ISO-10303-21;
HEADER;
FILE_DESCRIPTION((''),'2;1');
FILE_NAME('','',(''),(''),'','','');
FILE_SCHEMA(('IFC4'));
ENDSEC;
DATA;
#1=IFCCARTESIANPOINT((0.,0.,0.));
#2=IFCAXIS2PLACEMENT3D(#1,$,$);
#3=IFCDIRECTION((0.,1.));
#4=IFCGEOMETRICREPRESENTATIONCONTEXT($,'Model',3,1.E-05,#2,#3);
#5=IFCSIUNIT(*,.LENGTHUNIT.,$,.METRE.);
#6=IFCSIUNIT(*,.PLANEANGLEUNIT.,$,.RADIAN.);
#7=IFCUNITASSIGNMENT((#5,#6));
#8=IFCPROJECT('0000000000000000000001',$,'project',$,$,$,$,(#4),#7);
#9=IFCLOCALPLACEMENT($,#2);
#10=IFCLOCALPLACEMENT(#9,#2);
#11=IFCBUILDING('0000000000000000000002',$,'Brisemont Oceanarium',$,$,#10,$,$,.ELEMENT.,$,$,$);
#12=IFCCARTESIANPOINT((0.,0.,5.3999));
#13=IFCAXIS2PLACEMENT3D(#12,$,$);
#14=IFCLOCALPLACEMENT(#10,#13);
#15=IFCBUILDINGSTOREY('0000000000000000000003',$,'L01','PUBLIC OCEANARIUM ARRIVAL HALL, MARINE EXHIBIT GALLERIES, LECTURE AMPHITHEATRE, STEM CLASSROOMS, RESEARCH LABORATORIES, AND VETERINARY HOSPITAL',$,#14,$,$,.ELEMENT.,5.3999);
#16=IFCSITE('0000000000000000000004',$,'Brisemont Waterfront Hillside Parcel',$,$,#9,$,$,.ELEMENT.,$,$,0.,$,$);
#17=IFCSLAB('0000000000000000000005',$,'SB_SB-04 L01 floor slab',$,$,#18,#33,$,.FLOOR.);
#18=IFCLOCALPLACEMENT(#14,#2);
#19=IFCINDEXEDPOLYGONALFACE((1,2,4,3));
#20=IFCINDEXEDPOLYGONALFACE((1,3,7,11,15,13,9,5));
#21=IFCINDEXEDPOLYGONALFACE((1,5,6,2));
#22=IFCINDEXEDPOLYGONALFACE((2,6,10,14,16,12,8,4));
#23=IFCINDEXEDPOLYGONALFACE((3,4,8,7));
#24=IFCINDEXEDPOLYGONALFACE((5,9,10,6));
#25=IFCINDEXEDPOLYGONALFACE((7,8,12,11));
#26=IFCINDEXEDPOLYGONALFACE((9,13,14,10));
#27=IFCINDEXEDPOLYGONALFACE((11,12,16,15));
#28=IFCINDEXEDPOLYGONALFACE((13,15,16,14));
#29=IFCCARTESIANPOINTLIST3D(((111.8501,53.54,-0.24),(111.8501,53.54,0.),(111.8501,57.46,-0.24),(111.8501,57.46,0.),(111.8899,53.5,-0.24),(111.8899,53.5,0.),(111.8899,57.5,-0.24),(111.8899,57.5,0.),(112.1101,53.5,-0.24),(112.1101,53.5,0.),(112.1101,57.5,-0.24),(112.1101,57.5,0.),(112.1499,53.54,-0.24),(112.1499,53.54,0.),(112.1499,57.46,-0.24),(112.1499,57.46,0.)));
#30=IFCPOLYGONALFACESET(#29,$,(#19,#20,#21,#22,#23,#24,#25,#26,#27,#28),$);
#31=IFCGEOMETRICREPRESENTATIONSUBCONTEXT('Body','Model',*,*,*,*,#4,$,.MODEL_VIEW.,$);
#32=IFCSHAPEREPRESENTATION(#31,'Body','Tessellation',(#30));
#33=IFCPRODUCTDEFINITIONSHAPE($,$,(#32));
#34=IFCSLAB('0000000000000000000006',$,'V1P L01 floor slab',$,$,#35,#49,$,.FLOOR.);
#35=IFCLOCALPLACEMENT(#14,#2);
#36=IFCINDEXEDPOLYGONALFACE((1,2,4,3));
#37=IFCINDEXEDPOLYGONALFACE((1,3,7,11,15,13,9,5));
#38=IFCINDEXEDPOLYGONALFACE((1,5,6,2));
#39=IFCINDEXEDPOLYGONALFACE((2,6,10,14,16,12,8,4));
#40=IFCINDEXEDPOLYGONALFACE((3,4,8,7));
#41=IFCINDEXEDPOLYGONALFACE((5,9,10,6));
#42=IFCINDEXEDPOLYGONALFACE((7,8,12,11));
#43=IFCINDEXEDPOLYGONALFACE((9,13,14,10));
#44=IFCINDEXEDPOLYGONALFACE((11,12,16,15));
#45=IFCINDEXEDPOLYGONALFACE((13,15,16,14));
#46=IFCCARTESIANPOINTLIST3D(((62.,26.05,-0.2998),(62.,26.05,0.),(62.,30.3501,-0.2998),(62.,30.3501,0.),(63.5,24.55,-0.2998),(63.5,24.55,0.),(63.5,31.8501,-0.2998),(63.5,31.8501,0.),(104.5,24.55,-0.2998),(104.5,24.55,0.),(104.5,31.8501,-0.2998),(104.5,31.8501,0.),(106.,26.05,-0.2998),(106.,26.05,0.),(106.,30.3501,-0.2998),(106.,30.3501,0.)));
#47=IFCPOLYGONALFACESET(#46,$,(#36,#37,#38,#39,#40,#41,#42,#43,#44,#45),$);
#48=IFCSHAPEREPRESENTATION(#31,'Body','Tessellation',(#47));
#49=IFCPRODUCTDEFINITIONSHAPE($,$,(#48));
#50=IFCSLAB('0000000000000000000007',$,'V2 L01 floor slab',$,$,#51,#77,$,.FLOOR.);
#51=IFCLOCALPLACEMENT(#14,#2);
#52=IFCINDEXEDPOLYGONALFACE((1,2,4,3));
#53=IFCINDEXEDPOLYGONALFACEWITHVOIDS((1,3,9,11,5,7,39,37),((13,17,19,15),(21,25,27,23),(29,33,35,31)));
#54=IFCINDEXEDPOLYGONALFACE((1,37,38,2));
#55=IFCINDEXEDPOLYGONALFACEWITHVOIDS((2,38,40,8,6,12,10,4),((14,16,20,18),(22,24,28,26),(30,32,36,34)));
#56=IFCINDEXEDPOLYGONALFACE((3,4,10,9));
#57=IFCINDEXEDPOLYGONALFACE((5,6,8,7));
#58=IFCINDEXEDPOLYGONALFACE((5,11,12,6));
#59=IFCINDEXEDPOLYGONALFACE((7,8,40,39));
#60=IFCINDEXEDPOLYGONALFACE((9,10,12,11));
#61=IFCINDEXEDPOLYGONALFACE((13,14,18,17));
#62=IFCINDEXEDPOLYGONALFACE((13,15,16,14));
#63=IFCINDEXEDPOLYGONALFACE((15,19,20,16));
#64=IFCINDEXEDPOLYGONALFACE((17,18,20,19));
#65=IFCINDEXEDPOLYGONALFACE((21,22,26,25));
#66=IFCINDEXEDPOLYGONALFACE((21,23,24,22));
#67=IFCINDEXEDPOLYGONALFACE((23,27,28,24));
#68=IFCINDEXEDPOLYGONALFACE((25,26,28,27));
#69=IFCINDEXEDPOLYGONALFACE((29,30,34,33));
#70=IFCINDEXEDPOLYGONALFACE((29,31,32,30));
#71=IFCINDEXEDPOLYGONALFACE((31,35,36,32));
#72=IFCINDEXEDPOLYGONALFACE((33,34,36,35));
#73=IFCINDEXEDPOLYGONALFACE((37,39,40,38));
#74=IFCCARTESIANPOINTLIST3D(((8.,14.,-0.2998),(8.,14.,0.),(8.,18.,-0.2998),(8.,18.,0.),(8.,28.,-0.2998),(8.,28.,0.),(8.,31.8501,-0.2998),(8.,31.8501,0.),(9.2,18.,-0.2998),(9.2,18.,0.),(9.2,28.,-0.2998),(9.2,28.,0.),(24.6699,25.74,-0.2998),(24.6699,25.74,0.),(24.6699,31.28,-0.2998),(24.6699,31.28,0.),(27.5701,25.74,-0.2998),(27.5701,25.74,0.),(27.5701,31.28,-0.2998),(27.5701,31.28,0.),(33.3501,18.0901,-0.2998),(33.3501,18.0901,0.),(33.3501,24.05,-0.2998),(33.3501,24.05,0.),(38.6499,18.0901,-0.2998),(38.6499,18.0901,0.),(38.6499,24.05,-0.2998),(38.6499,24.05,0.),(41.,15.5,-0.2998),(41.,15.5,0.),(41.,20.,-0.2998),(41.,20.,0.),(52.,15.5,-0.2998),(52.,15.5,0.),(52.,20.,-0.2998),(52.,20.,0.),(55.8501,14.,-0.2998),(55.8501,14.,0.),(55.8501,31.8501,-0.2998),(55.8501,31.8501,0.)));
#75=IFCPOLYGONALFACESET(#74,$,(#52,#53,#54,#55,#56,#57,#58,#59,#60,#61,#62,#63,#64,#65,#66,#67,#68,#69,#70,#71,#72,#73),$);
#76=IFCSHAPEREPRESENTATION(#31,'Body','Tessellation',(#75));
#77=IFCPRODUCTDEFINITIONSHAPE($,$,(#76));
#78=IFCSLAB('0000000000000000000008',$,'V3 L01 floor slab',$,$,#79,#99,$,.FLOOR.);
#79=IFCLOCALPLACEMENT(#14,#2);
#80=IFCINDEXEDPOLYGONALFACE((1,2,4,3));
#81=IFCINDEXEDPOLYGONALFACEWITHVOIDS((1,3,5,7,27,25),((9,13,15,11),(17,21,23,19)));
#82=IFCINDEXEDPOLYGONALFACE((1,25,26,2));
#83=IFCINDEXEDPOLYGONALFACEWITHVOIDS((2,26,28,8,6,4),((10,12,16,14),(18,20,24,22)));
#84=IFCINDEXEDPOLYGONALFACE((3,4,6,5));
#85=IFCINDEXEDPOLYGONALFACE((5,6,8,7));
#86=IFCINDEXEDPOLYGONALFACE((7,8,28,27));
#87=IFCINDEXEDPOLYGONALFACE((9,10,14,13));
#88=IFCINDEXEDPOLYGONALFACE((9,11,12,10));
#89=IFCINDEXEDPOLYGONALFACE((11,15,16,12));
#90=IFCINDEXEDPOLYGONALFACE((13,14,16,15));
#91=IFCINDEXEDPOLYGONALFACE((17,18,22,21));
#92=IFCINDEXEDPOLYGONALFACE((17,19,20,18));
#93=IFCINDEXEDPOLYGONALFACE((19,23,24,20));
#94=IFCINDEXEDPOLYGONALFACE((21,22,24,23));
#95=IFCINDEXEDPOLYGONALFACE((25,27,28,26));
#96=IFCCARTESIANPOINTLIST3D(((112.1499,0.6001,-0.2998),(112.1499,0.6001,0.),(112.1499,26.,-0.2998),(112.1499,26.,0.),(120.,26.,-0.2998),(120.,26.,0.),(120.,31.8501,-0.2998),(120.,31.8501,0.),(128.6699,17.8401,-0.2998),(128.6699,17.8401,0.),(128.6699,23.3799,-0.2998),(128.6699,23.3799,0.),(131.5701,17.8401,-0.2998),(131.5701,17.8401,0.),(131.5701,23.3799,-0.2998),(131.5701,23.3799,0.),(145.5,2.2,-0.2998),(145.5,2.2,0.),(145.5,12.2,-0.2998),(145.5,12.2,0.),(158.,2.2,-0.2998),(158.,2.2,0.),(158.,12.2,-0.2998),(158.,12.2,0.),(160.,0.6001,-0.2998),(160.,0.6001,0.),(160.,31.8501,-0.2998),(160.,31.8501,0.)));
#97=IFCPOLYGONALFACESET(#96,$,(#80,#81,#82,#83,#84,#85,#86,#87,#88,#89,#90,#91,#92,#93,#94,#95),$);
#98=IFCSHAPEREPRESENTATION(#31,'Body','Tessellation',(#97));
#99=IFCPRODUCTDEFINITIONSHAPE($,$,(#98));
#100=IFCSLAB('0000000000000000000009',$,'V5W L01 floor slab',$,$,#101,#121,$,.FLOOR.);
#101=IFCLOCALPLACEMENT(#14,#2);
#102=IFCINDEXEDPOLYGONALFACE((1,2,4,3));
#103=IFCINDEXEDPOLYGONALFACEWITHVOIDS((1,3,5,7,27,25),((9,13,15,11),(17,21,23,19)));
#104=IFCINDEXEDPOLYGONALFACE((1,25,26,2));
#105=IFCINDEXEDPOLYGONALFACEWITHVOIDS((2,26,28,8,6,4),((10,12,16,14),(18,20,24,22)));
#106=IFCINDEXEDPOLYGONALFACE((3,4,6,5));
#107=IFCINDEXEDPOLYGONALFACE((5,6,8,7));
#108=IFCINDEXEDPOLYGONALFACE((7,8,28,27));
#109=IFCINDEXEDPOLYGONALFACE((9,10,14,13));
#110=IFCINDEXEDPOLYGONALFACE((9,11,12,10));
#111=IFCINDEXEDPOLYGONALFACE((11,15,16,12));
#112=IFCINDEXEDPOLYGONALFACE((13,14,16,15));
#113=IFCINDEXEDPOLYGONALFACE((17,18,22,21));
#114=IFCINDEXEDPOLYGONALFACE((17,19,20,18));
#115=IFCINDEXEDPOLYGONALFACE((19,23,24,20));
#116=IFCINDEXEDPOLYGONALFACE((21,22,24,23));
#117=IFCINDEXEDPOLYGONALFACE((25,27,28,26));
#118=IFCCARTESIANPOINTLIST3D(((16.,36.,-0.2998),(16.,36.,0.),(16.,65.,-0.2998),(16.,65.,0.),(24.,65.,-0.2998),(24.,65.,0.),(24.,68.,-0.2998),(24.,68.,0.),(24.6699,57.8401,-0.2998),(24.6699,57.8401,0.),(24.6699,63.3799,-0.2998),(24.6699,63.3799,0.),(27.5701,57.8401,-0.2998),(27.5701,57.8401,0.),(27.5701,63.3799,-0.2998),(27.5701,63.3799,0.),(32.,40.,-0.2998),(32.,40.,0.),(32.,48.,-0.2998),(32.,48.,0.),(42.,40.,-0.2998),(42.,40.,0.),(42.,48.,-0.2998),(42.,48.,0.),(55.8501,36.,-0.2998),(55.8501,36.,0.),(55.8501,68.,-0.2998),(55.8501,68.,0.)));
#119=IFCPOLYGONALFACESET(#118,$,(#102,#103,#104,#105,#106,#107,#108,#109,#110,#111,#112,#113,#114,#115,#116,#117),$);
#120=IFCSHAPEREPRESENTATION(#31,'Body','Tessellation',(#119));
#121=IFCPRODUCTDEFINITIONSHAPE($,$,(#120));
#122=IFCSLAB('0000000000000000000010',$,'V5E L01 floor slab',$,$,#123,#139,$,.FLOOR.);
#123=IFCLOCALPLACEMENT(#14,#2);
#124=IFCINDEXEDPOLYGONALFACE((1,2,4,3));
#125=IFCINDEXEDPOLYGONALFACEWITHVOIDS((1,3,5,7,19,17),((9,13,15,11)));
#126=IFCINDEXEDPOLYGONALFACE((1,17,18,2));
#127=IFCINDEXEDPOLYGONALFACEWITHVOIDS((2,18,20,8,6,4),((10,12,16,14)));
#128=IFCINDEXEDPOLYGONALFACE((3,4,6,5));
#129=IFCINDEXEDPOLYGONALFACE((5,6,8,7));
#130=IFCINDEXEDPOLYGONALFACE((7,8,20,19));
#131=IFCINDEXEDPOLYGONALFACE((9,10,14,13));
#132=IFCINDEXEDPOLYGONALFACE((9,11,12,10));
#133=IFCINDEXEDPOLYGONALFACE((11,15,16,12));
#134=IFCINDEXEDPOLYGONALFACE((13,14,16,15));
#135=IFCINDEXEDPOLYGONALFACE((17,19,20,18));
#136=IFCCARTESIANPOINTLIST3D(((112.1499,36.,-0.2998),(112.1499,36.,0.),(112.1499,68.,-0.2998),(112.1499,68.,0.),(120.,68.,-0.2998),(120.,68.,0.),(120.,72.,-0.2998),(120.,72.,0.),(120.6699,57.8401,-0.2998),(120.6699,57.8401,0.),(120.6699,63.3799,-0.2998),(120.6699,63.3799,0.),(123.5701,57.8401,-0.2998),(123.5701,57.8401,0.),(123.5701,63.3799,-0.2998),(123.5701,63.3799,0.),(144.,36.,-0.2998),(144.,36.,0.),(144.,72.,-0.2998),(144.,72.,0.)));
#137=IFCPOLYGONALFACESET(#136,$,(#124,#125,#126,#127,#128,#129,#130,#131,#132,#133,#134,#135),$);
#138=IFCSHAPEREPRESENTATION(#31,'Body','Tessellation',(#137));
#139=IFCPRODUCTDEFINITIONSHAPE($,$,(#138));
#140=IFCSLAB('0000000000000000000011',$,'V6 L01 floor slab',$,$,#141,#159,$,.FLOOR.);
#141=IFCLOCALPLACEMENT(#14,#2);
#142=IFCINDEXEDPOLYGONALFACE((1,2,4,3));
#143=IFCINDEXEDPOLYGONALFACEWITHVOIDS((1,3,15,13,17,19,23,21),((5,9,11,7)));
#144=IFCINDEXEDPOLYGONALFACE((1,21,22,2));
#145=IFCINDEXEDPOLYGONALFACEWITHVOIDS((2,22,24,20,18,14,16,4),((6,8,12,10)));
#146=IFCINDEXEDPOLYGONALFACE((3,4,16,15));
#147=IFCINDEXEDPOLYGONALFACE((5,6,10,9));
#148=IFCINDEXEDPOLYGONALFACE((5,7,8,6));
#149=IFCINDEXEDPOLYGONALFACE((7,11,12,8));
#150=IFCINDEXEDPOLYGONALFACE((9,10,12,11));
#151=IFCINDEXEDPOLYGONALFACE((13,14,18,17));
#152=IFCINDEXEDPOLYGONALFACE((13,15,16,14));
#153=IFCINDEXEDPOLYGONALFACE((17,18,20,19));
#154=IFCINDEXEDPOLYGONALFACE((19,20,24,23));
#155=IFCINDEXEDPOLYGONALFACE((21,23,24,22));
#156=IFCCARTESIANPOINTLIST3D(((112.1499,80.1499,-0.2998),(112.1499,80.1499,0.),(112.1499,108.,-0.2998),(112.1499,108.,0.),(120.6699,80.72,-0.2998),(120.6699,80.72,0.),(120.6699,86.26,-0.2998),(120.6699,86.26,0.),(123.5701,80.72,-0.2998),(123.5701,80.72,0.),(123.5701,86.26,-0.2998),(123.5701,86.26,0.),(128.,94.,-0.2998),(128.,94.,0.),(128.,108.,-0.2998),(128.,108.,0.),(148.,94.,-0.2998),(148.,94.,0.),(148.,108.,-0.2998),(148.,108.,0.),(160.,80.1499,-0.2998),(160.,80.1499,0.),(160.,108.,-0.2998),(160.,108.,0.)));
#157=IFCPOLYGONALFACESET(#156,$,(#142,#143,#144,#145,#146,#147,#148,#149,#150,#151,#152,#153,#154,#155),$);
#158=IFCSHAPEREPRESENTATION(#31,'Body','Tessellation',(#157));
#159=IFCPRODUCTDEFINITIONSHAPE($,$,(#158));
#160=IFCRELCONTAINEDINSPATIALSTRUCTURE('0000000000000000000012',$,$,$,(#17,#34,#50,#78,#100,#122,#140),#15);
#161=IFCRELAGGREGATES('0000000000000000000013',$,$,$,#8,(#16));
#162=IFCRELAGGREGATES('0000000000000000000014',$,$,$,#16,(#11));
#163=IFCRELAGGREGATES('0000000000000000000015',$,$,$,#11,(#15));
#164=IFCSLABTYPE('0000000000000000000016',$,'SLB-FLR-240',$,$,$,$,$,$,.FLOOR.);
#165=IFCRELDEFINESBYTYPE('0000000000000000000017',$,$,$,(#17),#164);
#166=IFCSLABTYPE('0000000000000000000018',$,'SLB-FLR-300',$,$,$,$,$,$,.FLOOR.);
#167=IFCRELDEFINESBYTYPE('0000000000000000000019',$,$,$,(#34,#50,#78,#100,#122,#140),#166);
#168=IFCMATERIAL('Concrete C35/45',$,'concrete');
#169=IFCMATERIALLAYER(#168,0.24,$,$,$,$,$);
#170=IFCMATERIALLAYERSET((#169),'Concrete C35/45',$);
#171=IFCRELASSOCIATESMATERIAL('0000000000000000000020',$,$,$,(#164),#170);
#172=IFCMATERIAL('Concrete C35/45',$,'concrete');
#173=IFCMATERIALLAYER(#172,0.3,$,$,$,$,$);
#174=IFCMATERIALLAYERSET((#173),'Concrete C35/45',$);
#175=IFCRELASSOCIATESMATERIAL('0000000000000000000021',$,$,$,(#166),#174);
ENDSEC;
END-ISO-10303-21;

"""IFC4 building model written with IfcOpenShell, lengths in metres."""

from ifc_helpers import new_model, si_unit, direction, frame, origin, place, context, subcontext, project, spatial, polyline, outline, extrude, material, layer, layer_set, type_object, element, save


model = new_model("IFC4")

# Units and contexts
model_context = context("Model", 3, precision=1e-05, world=origin(), true_north=direction((0.0, 1.0)))
body_context = subcontext(model_context, "Body", "Model", "MODEL_VIEW")
ifc_project = project(units=[si_unit("LENGTHUNIT", "METRE"), si_unit("PLANEANGLEUNIT", "RADIAN")], contexts=[model_context])

# Site, building, storey
site_placement = place(None, origin())
site = spatial("IfcSite", under=ifc_project, at=site_placement, Name="Brisemont Waterfront Hillside Parcel", CompositionType="ELEMENT", RefElevation=0.0)
building_placement = place(site_placement, origin())
building = spatial("IfcBuilding", under=site, at=building_placement, Name="Brisemont Oceanarium", CompositionType="ELEMENT")
storey_placement = place(building_placement, frame((0.0, 0.0, 5.3999)))
storey = spatial("IfcBuildingStorey", under=building, at=storey_placement, Name="L01", Description="PUBLIC OCEANARIUM ARRIVAL HALL, MARINE EXHIBIT GALLERIES, LECTURE AMPHITHEATRE, STEM CLASSROOMS, RESEARCH LABORATORIES, AND VETERINARY HOSPITAL", CompositionType="ELEMENT", Elevation=5.3999)

# Slabs
ifc_material_1 = material(Name="Concrete C35/45", Category="concrete")
ifc_layer_1 = layer(ifc_material_1, 0.24)
ifc_layer_set_1 = layer_set([ifc_layer_1], Name="Concrete C35/45")
slab_type_1 = type_object("IfcSlabType", Name="SLB-FLR-240", PredefinedType="FLOOR", material=ifc_layer_set_1)
slab_1_placement = place(storey_placement, frame((0.0, 0.0, -0.24)))
element("IfcSlab", 1, at=slab_1_placement, inside=storey, type_object=slab_type_1, Name="SB_SB-04 L01 floor slab", PredefinedType="FLOOR", context=body_context, shape_type="SweptSolid", body=[
    extrude(outline(polyline([(111.8899, 53.5), (112.1101, 53.5), (112.1499, 53.54), (112.1499, 57.46), (112.1101, 57.5), (111.8899, 57.5), (111.8501, 57.46), (111.8501, 53.54), (111.8899, 53.5)])), origin(), (0.0, 0.0, 1.0), 0.24),
])
ifc_material_2 = material(Name="Concrete C35/45", Category="concrete")
ifc_layer_2 = layer(ifc_material_2, 0.3)
ifc_layer_set_2 = layer_set([ifc_layer_2], Name="Concrete C35/45")
slab_type_2 = type_object("IfcSlabType", Name="SLB-FLR-300", PredefinedType="FLOOR", material=ifc_layer_set_2)
slab_2_placement = place(storey_placement, frame((0.0, 0.0, -0.2998)))
element("IfcSlab", 2, at=slab_2_placement, inside=storey, type_object=slab_type_2, Name="V1P L01 floor slab", PredefinedType="FLOOR", context=body_context, shape_type="SweptSolid", body=[
    extrude(outline(polyline([(63.5, 24.55), (104.5, 24.55), (106.0, 26.05), (106.0, 30.3501), (104.5, 31.8501), (63.5, 31.8501), (62.0, 30.3501), (62.0, 26.05), (63.5, 24.55)])), origin(), (0.0, 0.0, 1.0), 0.2998),
])
slab_3_placement = place(storey_placement, frame((0.0, 0.0, -0.2998)))
element("IfcSlab", 3, at=slab_3_placement, inside=storey, type_object=slab_type_2, Name="V2 L01 floor slab", PredefinedType="FLOOR", context=body_context, shape_type="SweptSolid", body=[
    extrude(outline(polyline([(8.0, 14.0), (55.8501, 14.0), (55.8501, 31.8501), (8.0, 31.8501), (8.0, 28.0), (9.2, 28.0), (9.2, 18.0), (8.0, 18.0), (8.0, 14.0)]), holes=[polyline([(41.0, 15.5), (52.0, 15.5), (52.0, 20.0), (41.0, 20.0), (41.0, 15.5)]), polyline([(24.6699, 25.74), (27.5701, 25.74), (27.5701, 31.28), (24.6699, 31.28), (24.6699, 25.74)]), polyline([(33.3501, 18.0901), (38.6499, 18.0901), (38.6499, 24.05), (33.3501, 24.05), (33.3501, 18.0901)])]), origin(), (0.0, 0.0, 1.0), 0.2998),
])
slab_4_placement = place(storey_placement, frame((0.0, 0.0, -0.2998)))
element("IfcSlab", 4, at=slab_4_placement, inside=storey, type_object=slab_type_2, Name="V3 L01 floor slab", PredefinedType="FLOOR", context=body_context, shape_type="SweptSolid", body=[
    extrude(outline(polyline([(112.1499, 0.6001), (160.0, 0.6001), (160.0, 31.8501), (120.0, 31.8501), (120.0, 26.0), (112.1499, 26.0), (112.1499, 0.6001)]), holes=[polyline([(145.5, 2.2), (158.0, 2.2), (158.0, 12.2), (145.5, 12.2), (145.5, 2.2)]), polyline([(128.6699, 17.8401), (131.5701, 17.8401), (131.5701, 23.3799), (128.6699, 23.3799), (128.6699, 17.8401)])]), origin(), (0.0, 0.0, 1.0), 0.2998),
])
slab_5_placement = place(storey_placement, frame((0.0, 0.0, -0.2998)))
element("IfcSlab", 5, at=slab_5_placement, inside=storey, type_object=slab_type_2, Name="V5W L01 floor slab", PredefinedType="FLOOR", context=body_context, shape_type="SweptSolid", body=[
    extrude(outline(polyline([(16.0, 36.0), (55.8501, 36.0), (55.8501, 68.0), (24.0, 68.0), (24.0, 65.0), (16.0, 65.0), (16.0, 36.0)]), holes=[polyline([(32.0, 40.0), (42.0, 40.0), (42.0, 48.0), (32.0, 48.0), (32.0, 40.0)]), polyline([(24.6699, 57.8401), (27.5701, 57.8401), (27.5701, 63.3799), (24.6699, 63.3799), (24.6699, 57.8401)])]), origin(), (0.0, 0.0, 1.0), 0.2998),
])
slab_6_placement = place(storey_placement, frame((0.0, 0.0, -0.2998)))
element("IfcSlab", 6, at=slab_6_placement, inside=storey, type_object=slab_type_2, Name="V5E L01 floor slab", PredefinedType="FLOOR", context=body_context, shape_type="SweptSolid", body=[
    extrude(outline(polyline([(112.1499, 36.0), (144.0, 36.0), (144.0, 72.0), (120.0, 72.0), (120.0, 68.0), (112.1499, 68.0), (112.1499, 36.0)]), holes=[polyline([(120.6699, 57.8401), (123.5701, 57.8401), (123.5701, 63.3799), (120.6699, 63.3799), (120.6699, 57.8401)])]), origin(), (0.0, 0.0, 1.0), 0.2998),
])
slab_7_placement = place(storey_placement, frame((0.0, 0.0, -0.2998)))
element("IfcSlab", 7, at=slab_7_placement, inside=storey, type_object=slab_type_2, Name="V6 L01 floor slab", PredefinedType="FLOOR", context=body_context, shape_type="SweptSolid", body=[
    extrude(outline(polyline([(112.1499, 80.1499), (160.0, 80.1499), (160.0, 108.0), (148.0, 108.0), (148.0, 94.0), (128.0, 94.0), (128.0, 108.0), (112.1499, 108.0), (112.1499, 80.1499)]), holes=[polyline([(120.6699, 80.72), (123.5701, 80.72), (123.5701, 86.26), (120.6699, 86.26), (120.6699, 80.72)])]), origin(), (0.0, 0.0, 1.0), 0.2998),
])

save(model, "model.ifc")
